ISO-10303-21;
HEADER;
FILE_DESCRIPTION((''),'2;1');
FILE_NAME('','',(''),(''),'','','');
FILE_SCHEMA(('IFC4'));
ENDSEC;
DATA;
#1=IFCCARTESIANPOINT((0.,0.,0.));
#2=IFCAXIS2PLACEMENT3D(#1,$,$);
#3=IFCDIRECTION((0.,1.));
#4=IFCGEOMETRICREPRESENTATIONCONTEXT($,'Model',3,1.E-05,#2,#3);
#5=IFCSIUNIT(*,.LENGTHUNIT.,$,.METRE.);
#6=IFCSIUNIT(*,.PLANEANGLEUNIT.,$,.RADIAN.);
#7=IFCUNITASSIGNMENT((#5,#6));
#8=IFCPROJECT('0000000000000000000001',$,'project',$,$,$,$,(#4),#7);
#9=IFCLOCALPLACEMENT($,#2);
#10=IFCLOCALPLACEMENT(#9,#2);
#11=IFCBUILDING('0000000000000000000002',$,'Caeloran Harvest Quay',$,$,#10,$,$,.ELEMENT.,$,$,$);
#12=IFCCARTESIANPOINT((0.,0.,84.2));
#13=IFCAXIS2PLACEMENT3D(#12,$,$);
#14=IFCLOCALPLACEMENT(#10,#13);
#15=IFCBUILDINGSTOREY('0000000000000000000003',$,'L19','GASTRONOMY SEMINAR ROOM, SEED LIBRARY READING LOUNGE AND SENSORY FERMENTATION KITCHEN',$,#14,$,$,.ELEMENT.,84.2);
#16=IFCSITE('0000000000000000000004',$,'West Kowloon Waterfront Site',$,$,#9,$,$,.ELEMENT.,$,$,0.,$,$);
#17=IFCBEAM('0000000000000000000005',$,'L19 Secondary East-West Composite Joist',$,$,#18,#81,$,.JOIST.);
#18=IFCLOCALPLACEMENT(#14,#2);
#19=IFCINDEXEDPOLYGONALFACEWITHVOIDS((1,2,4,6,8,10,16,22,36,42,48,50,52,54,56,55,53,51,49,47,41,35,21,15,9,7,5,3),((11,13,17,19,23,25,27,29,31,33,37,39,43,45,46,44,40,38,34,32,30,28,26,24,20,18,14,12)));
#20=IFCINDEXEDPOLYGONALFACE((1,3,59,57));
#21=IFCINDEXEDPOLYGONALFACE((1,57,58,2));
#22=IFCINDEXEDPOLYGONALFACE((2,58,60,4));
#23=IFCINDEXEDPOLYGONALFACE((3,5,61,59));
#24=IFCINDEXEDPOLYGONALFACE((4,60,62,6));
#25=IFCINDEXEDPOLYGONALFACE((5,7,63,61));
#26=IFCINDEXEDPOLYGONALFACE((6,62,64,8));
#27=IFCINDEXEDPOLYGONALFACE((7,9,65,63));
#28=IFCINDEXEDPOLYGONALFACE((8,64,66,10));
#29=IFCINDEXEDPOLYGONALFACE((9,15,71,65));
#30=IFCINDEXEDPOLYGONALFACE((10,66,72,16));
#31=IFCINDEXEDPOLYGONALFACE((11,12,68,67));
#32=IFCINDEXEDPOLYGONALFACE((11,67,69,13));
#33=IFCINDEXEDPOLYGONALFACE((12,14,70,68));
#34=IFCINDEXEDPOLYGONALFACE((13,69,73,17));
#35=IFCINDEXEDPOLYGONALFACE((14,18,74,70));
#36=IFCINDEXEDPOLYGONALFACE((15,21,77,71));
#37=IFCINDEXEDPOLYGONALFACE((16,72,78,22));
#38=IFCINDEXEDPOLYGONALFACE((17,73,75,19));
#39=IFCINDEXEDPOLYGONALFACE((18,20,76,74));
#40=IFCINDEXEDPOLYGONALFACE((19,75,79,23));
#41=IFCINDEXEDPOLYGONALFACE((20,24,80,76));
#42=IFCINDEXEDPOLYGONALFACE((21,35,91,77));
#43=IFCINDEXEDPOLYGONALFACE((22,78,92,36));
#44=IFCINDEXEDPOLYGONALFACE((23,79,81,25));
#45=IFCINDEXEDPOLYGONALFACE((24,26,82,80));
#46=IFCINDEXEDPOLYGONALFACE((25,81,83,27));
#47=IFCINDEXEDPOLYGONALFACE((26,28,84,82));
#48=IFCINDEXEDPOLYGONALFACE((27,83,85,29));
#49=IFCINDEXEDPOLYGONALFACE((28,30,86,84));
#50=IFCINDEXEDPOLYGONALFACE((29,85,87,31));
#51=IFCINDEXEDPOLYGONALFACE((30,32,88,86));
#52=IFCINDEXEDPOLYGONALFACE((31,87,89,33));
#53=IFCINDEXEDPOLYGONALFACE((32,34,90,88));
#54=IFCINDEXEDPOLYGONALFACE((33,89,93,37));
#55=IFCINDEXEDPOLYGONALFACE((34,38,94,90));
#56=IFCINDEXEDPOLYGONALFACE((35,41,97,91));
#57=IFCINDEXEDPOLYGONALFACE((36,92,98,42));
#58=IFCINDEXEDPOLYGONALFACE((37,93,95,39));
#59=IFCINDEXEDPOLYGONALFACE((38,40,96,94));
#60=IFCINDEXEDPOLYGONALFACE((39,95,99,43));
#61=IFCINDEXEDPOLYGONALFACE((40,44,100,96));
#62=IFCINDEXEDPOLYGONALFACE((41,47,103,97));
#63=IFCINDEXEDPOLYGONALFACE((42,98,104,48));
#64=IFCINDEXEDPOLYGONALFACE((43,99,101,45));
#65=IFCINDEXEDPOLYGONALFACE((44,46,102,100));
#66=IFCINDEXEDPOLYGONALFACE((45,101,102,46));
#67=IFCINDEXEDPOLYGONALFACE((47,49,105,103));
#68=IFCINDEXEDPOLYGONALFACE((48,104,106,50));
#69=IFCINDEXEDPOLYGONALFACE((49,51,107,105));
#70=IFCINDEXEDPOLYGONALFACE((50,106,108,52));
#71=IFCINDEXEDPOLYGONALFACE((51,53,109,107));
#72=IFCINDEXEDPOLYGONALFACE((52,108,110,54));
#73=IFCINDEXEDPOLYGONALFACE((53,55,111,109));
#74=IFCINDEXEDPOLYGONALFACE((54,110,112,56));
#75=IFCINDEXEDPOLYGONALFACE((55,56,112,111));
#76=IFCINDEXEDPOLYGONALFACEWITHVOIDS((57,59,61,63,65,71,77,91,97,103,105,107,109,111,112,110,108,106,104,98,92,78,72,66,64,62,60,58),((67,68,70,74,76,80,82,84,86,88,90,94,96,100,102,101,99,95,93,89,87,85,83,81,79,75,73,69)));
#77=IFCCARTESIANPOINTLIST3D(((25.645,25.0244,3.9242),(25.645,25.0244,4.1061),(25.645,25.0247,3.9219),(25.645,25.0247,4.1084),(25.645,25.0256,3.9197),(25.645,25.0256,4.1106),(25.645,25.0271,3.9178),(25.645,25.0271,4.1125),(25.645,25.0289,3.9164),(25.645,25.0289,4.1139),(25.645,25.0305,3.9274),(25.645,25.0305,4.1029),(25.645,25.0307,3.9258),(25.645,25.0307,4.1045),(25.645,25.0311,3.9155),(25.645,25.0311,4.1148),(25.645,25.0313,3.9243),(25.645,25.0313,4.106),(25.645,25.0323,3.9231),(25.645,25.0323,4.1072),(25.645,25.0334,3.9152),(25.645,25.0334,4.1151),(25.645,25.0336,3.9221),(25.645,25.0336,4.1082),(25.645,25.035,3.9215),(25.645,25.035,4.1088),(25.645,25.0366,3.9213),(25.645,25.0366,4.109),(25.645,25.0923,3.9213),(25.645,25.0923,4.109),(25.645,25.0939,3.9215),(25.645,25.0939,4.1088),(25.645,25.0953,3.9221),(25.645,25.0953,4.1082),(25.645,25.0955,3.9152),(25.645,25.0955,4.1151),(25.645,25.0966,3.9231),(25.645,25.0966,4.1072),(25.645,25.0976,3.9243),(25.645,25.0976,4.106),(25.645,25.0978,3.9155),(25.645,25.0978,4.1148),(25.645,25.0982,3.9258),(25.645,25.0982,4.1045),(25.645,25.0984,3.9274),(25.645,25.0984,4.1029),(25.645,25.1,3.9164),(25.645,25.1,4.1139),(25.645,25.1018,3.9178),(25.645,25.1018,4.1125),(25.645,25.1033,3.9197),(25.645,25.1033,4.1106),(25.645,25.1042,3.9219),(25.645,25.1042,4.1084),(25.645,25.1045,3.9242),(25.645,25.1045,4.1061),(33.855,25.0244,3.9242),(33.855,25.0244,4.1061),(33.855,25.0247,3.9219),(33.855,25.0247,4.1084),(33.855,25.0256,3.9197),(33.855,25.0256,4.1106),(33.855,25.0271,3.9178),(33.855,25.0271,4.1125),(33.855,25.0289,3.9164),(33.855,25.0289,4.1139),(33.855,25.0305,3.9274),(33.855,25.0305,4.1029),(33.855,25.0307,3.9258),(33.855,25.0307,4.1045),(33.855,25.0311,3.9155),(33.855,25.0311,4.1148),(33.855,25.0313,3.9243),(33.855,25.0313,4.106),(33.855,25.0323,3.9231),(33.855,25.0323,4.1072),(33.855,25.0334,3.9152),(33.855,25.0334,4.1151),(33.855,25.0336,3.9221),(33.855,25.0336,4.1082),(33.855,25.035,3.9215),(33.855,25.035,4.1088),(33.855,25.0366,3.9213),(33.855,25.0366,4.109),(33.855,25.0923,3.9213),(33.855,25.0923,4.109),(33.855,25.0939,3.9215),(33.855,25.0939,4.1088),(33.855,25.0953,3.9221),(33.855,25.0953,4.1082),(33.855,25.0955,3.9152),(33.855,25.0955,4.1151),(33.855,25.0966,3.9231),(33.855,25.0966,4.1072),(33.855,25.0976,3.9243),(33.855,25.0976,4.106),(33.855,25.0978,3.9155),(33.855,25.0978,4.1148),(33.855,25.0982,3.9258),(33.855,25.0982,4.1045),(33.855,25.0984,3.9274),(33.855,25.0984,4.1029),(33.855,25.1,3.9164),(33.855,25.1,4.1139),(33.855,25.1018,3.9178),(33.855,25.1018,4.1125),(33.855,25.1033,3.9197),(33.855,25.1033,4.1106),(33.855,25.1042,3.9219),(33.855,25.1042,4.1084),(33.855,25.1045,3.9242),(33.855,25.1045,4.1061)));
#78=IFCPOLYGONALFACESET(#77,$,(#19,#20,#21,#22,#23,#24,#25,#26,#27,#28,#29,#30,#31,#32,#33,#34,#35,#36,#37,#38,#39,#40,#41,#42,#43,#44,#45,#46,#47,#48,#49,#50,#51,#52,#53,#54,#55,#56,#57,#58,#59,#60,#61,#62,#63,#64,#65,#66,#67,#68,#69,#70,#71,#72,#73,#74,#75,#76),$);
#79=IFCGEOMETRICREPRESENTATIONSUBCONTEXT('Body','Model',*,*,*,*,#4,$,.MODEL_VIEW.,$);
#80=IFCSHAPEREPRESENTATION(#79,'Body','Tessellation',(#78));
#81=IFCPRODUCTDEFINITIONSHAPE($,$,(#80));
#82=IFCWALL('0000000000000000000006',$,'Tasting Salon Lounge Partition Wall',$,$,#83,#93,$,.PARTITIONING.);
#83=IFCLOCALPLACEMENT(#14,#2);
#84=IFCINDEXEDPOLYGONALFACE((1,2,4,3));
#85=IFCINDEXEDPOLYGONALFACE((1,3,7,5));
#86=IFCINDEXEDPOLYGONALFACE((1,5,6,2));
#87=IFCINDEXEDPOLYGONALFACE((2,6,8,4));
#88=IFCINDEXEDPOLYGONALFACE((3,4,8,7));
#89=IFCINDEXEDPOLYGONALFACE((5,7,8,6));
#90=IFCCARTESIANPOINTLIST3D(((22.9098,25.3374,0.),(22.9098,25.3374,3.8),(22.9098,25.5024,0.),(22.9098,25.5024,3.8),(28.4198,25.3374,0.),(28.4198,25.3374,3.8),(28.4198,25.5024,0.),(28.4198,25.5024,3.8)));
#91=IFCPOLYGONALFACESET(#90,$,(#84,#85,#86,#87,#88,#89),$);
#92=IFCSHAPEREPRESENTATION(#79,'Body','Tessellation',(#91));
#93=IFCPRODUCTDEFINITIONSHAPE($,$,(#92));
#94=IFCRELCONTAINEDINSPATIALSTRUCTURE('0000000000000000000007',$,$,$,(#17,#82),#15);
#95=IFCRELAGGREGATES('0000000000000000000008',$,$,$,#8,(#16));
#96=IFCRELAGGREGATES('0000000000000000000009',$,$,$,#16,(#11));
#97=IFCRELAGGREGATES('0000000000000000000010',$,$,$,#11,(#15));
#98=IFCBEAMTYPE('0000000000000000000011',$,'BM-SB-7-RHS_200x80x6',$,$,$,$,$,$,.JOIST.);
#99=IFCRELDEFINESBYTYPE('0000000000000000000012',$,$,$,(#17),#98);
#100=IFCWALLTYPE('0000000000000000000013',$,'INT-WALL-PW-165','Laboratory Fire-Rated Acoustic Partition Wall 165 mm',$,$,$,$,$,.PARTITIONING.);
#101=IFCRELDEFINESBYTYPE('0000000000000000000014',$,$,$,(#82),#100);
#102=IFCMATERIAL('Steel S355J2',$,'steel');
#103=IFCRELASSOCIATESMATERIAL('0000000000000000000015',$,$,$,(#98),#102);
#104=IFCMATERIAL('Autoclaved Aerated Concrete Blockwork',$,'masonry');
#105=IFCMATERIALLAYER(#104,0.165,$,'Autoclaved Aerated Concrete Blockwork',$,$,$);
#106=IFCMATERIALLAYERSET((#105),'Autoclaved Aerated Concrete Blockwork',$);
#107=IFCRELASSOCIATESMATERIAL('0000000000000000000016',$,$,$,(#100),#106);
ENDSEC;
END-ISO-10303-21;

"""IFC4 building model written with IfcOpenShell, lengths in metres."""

from ifc_helpers import new_model, si_unit, direction, frame, frame_2d, origin, origin_2d, place, context, subcontext, project, spatial, rectangle, hollow_rectangle, extrude, material, layer, layer_set, material_profile, profile_set, type_object, element, save


model = new_model("IFC4")

# Units and contexts
model_context = context("Model", 3, precision=1e-05, world=origin(), true_north=direction((0.0, 1.0)))
body_context = subcontext(model_context, "Body", "Model", "MODEL_VIEW")
ifc_project = project(units=[si_unit("LENGTHUNIT", "METRE"), si_unit("PLANEANGLEUNIT", "RADIAN")], contexts=[model_context])

# Site, building, storey
site_placement = place(None, origin())
site = spatial("IfcSite", under=ifc_project, at=site_placement, Name="West Kowloon Waterfront Site", CompositionType="ELEMENT", RefElevation=0.0)
building_placement = place(site_placement, origin())
building = spatial("IfcBuilding", under=site, at=building_placement, Name="Caeloran Harvest Quay", CompositionType="ELEMENT")
storey_placement = place(building_placement, frame((0.0, 0.0, 84.2)))
storey = spatial("IfcBuildingStorey", under=building, at=storey_placement, Name="L19", Description="GASTRONOMY SEMINAR ROOM, SEED LIBRARY READING LOUNGE AND SENSORY FERMENTATION KITCHEN", CompositionType="ELEMENT", Elevation=84.2)

# Beam
ifc_material_1 = material(Name="Steel S355J2", Category="steel")
ifc_material_profile_1 = material_profile(ifc_material_1, hollow_rectangle(XDim=0.0801, YDim=0.2, WallThickness=0.0061, InnerFilletRadius=0.0061, OuterFilletRadius=0.009, at=origin_2d()), Name="RHS 200x80x6")
ifc_profile_set_1 = profile_set([ifc_material_profile_1], Name="Steel S355J2")
beam_type_1 = type_object("IfcBeamType", Name="BM-SB-7-RHS_200x80x6", PredefinedType="JOIST", material=ifc_profile_set_1)
for number, where, z_axis, x_axis, name in (
    (1, (25.645, 25.0645, 4.0151), (1.0, 0.0, 0.0), (0.0, 1.0, 0.0), "L19 Secondary East-West Composite Joist"),
):
    element("IfcBeam", number, at=place(storey_placement, frame(where, z_axis=z_axis, x_axis=x_axis)), inside=storey, type_object=beam_type_1, Name=name, PredefinedType="JOIST", context=body_context, shape_type="SweptSolid", body=[
        extrude(hollow_rectangle(XDim=0.0801, YDim=0.2, WallThickness=0.0061, InnerFilletRadius=0.0061, OuterFilletRadius=0.009, at=origin_2d()), origin(), (0.0, 0.0, 1.0), 8.21),
    ])

# Wall
ifc_material_2 = material(Name="Autoclaved Aerated Concrete Blockwork", Category="masonry")
ifc_layer = layer(ifc_material_2, 0.165, Name="Autoclaved Aerated Concrete Blockwork")
ifc_layer_set = layer_set([ifc_layer], Name="Autoclaved Aerated Concrete Blockwork")
wall_type = type_object("IfcWallType", Name="INT-WALL-PW-165", Description="Laboratory Fire-Rated Acoustic Partition Wall 165 mm", PredefinedType="PARTITIONING", material=ifc_layer_set)
wall_placement = place(storey_placement, frame((22.9099, 25.4199, 0.0), z_axis=(0.0, 0.0, 1.0), x_axis=(1.0, 0.0, 0.0)))
element("IfcWall", 2, at=wall_placement, inside=storey, type_object=wall_type, Name="Tasting Salon Lounge Partition Wall", PredefinedType="PARTITIONING", context=body_context, shape_type="SweptSolid", body=[
    extrude(rectangle(XDim=5.51, YDim=0.165, at=frame_2d((2.7549, 0.0))), origin(), (0.0, 0.0, 1.0), 3.8),
])

save(model, "model.ifc")
